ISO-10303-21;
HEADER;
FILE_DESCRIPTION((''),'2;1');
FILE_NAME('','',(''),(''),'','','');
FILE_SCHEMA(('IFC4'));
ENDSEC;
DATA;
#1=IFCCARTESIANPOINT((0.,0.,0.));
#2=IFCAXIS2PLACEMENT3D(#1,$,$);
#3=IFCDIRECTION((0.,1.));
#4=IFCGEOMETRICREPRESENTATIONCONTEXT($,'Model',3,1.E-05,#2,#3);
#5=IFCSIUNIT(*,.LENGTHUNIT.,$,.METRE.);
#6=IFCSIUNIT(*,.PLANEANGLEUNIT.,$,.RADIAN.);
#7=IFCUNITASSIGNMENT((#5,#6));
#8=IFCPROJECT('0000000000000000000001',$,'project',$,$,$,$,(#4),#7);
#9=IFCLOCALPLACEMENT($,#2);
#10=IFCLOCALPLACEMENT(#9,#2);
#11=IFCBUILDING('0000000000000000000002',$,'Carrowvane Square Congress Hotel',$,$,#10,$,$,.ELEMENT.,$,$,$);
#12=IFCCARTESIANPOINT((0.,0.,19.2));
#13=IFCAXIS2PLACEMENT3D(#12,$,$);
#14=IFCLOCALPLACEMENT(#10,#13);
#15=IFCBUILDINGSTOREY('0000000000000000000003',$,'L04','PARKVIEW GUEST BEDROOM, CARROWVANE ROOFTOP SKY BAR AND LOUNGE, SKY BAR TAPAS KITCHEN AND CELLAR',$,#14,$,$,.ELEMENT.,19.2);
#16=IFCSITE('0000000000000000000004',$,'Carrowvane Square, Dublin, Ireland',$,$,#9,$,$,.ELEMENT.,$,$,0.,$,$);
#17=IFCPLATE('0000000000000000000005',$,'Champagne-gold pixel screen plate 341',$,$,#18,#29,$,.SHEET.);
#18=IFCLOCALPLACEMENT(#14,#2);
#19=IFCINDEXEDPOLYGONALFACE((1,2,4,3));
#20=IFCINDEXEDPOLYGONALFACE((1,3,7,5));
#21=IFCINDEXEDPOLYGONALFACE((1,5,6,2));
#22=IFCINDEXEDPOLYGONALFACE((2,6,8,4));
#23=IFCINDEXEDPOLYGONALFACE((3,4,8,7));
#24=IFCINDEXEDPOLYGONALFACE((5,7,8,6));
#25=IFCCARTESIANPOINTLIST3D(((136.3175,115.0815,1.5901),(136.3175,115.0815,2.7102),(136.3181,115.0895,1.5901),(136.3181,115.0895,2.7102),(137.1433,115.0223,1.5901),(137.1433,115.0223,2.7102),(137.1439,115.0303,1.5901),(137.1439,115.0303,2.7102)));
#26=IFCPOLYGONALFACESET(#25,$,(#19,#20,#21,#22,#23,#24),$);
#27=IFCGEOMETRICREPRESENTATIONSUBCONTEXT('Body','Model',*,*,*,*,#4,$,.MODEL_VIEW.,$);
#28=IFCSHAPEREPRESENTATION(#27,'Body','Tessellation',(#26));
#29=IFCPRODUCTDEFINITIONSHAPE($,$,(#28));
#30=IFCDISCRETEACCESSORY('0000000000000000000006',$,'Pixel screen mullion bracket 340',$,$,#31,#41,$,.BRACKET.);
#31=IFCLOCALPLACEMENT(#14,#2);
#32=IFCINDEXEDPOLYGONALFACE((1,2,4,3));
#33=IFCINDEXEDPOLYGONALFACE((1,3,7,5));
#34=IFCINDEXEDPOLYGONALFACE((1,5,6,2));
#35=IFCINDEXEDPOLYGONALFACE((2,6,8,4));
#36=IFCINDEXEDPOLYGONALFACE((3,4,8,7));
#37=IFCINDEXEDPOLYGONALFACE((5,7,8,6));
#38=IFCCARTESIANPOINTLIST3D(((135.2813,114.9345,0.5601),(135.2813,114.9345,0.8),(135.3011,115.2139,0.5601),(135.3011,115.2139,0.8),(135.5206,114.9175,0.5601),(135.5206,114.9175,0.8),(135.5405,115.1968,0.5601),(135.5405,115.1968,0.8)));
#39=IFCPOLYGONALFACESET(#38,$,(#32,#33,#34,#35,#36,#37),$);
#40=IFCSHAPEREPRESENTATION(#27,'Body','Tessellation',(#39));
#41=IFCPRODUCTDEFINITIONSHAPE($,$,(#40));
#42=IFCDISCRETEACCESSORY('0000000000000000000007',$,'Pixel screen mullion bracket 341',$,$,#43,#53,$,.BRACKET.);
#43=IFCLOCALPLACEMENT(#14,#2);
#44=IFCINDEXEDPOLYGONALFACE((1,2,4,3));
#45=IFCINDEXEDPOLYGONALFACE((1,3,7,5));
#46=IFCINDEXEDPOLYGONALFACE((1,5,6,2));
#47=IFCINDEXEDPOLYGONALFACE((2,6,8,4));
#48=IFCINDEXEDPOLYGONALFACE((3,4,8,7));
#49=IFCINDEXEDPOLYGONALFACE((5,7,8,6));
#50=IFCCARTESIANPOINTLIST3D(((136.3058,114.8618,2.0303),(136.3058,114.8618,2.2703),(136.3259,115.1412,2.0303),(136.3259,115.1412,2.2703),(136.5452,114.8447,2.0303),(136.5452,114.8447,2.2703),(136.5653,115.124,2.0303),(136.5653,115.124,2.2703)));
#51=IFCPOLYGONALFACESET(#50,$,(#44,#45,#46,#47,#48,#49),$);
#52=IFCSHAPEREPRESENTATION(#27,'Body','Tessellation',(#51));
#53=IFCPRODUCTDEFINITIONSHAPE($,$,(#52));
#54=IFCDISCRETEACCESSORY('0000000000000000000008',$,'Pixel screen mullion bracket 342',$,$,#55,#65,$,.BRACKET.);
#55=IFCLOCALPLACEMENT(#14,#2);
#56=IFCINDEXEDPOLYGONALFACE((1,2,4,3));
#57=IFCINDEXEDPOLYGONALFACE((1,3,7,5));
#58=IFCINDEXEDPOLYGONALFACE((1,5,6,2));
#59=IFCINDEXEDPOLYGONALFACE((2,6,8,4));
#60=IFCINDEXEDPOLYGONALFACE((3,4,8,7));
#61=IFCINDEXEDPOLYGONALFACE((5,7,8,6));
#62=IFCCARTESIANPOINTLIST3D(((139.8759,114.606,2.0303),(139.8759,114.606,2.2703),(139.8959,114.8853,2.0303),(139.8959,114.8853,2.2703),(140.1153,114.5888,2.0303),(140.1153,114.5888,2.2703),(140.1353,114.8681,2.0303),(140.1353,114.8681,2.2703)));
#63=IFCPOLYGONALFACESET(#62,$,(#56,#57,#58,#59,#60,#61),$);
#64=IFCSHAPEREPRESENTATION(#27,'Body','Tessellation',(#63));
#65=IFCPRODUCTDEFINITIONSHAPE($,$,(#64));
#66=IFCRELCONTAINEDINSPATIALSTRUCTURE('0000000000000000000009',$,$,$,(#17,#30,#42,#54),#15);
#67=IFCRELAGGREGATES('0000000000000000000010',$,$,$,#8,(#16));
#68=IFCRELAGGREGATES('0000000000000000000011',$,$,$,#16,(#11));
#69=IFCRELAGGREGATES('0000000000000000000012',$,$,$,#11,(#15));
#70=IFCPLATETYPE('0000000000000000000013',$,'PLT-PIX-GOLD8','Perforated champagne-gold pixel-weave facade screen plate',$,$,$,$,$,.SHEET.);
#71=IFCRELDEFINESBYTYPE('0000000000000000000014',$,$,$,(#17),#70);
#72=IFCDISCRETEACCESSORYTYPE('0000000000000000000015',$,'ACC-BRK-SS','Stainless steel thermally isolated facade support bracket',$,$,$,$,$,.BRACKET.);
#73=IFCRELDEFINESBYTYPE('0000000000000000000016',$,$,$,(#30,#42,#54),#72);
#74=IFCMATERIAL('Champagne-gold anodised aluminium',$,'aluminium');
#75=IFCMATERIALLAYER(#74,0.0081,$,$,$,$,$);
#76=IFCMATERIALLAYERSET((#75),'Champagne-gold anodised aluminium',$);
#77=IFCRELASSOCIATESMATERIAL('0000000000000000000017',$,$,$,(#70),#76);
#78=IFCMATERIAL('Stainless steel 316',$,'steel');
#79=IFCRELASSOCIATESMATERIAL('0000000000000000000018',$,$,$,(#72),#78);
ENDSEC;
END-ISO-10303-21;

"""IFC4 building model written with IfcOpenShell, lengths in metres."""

from ifc_helpers import new_model, si_unit, direction, frame, origin, origin_2d, place, context, subcontext, project, spatial, rectangle, extrude, material, layer, layer_set, type_object, element, save


model = new_model("IFC4")

# Units and contexts
model_context = context("Model", 3, precision=1e-05, world=origin(), true_north=direction((0.0, 1.0)))
body_context = subcontext(model_context, "Body", "Model", "MODEL_VIEW")
ifc_project = project(units=[si_unit("LENGTHUNIT", "METRE"), si_unit("PLANEANGLEUNIT", "RADIAN")], contexts=[model_context])

# Site, building, storey
site_placement = place(None, origin())
site = spatial("IfcSite", under=ifc_project, at=site_placement, Name="Carrowvane Square, Dublin, Ireland", CompositionType="ELEMENT", RefElevation=0.0)
building_placement = place(site_placement, origin())
building = spatial("IfcBuilding", under=site, at=building_placement, Name="Carrowvane Square Congress Hotel", CompositionType="ELEMENT")
storey_placement = place(building_placement, frame((0.0, 0.0, 19.2)))
storey = spatial("IfcBuildingStorey", under=building, at=storey_placement, Name="L04", Description="PARKVIEW GUEST BEDROOM, CARROWVANE ROOFTOP SKY BAR AND LOUNGE, SKY BAR TAPAS KITCHEN AND CELLAR", CompositionType="ELEMENT", Elevation=19.2)

# Plate
ifc_material_1 = material(Name="Champagne-gold anodised aluminium", Category="aluminium")
ifc_layer_1 = layer(ifc_material_1, 0.0081)
ifc_layer_set_1 = layer_set([ifc_layer_1], Name="Champagne-gold anodised aluminium")
plate_type_1 = type_object("IfcPlateType", Name="PLT-PIX-GOLD8", Description="Perforated champagne-gold pixel-weave facade screen plate", PredefinedType="SHEET", material=ifc_layer_set_1)
plate_1_placement = place(storey_placement, frame((136.7307, 115.0559, 1.5901), z_axis=(0.0, 0.0, 1.0), x_axis=(0.997438, -0.071533, 0.0)))
element("IfcPlate", 1, at=plate_1_placement, inside=storey, type_object=plate_type_1, Name="Champagne-gold pixel screen plate 341", PredefinedType="SHEET", context=body_context, shape_type="SweptSolid", body=[
    extrude(rectangle(XDim=0.8279, YDim=0.0081, at=origin_2d()), origin(), (0.0, 0.0, 1.0), 1.1201),
])

# Discrete accessories
ifc_material_2 = material(Name="Stainless steel 316", Category="steel")
discrete_accessory_type = type_object("IfcDiscreteAccessoryType", Name="ACC-BRK-SS", Description="Stainless steel thermally isolated facade support bracket", PredefinedType="BRACKET", material=ifc_material_2)
for number, where, z_axis, x_axis, name in (
    (2, (135.4109, 115.0657, 0.5601), (0.0, 0.0, 1.0), (0.997479, -0.070957, 0.0), "Pixel screen mullion bracket 340"),
    (3, (136.4355, 114.9929, 2.0303), (0.0, 0.0, 1.0), (0.997438, -0.071533, 0.0), "Pixel screen mullion bracket 341"),
    (4, (140.0056, 114.7371, 2.0303), (0.0, 0.0, 1.0), (0.997446, -0.07142, 0.0), "Pixel screen mullion bracket 342"),
):
    element("IfcDiscreteAccessory", number, at=place(storey_placement, frame(where, z_axis=z_axis, x_axis=x_axis)), inside=storey, type_object=discrete_accessory_type, Name=name, PredefinedType="BRACKET", context=body_context, shape_type="SweptSolid", body=[
        extrude(rectangle(XDim=0.24, YDim=0.28, at=origin_2d()), origin(), (0.0, 0.0, 1.0), 0.24),
    ])

save(model, "model.ifc")
